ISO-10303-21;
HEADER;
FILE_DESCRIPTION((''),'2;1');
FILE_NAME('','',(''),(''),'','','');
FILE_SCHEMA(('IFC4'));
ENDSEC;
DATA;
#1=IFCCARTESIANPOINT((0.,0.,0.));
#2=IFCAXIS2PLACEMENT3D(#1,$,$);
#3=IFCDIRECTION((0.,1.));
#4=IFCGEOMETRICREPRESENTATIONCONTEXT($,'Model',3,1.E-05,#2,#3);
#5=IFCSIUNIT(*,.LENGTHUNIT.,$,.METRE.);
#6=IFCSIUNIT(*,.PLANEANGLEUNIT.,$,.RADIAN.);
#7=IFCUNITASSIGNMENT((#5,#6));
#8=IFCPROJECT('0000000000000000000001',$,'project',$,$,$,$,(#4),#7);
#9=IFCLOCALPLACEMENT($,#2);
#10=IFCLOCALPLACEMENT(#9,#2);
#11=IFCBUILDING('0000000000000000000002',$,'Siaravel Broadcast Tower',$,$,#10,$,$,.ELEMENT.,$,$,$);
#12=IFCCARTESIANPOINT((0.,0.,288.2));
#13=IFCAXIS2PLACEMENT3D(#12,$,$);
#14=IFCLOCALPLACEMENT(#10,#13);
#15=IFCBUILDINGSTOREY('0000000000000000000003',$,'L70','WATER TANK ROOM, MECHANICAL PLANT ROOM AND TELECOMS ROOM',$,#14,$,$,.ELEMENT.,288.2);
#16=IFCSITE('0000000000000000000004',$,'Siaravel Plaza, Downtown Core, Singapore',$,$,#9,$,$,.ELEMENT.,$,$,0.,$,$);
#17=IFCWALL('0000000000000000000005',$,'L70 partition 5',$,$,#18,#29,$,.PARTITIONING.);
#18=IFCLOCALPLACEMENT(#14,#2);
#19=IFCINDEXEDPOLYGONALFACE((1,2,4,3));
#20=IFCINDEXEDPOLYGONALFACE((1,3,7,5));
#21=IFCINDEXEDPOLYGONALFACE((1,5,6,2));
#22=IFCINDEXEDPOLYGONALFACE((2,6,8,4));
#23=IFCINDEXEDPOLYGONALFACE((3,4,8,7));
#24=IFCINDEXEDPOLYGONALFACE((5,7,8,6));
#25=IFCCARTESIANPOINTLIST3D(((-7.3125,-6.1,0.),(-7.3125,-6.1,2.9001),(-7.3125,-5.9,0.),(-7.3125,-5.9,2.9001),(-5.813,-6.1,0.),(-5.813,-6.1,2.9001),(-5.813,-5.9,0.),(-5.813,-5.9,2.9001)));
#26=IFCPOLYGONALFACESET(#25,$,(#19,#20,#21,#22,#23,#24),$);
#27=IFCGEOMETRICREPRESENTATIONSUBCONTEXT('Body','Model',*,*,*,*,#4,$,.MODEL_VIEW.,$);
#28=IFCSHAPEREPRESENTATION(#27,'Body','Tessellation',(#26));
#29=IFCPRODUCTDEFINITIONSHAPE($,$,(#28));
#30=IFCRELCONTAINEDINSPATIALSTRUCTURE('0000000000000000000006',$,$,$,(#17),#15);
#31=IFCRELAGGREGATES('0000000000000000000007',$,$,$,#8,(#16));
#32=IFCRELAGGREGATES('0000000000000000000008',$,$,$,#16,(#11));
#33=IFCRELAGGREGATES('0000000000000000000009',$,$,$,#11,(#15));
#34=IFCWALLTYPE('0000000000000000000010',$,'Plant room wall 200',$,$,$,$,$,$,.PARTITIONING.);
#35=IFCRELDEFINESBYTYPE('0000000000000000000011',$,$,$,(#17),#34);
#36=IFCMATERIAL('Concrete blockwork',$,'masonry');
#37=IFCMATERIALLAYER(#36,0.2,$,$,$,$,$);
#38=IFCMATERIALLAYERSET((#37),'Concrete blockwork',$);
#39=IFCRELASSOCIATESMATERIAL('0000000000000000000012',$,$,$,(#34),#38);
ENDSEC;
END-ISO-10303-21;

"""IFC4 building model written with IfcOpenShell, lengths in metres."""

from ifc_helpers import new_model, si_unit, direction, frame, frame_2d, origin, place, context, subcontext, project, spatial, rectangle, extrude, material, layer, layer_set, type_object, element, save


model = new_model("IFC4")

# Units and contexts
model_context = context("Model", 3, precision=1e-05, world=origin(), true_north=direction((0.0, 1.0)))
body_context = subcontext(model_context, "Body", "Model", "MODEL_VIEW")
ifc_project = project(units=[si_unit("LENGTHUNIT", "METRE"), si_unit("PLANEANGLEUNIT", "RADIAN")], contexts=[model_context])

# Site, building, storey
site_placement = place(None, origin())
site = spatial("IfcSite", under=ifc_project, at=site_placement, Name="Siaravel Plaza, Downtown Core, Singapore", CompositionType="ELEMENT", RefElevation=0.0)
building_placement = place(site_placement, origin())
building = spatial("IfcBuilding", under=site, at=building_placement, Name="Siaravel Broadcast Tower", CompositionType="ELEMENT")
storey_placement = place(building_placement, frame((0.0, 0.0, 288.2)))
storey = spatial("IfcBuildingStorey", under=building, at=storey_placement, Name="L70", Description="WATER TANK ROOM, MECHANICAL PLANT ROOM AND TELECOMS ROOM", CompositionType="ELEMENT", Elevation=288.2)

# Shared definitions
ifc_material_1 = material(Name="Concrete blockwork", Category="masonry")
ifc_layer_1 = layer(ifc_material_1, 0.2)
ifc_layer_set_1 = layer_set([ifc_layer_1], Name="Concrete blockwork")
wall_type_1 = type_object("IfcWallType", Name="Plant room wall 200", PredefinedType="PARTITIONING", material=ifc_layer_set_1)

# Wall
wall_1_placement = place(storey_placement, frame((-7.3125, -6.0, 0.0), z_axis=(0.0, 0.0, 1.0), x_axis=(1.0, 0.0, 0.0)))
element("IfcWall", 1, at=wall_1_placement, inside=storey, type_object=wall_type_1, Name="L70 partition 5", PredefinedType="PARTITIONING", context=body_context, shape_type="SweptSolid", body=[
    extrude(rectangle(XDim=1.4995, YDim=0.2, at=frame_2d((0.7498, 0.0))), origin(), (0.0, 0.0, 1.0), 2.9001),
])

save(model, "model.ifc")
